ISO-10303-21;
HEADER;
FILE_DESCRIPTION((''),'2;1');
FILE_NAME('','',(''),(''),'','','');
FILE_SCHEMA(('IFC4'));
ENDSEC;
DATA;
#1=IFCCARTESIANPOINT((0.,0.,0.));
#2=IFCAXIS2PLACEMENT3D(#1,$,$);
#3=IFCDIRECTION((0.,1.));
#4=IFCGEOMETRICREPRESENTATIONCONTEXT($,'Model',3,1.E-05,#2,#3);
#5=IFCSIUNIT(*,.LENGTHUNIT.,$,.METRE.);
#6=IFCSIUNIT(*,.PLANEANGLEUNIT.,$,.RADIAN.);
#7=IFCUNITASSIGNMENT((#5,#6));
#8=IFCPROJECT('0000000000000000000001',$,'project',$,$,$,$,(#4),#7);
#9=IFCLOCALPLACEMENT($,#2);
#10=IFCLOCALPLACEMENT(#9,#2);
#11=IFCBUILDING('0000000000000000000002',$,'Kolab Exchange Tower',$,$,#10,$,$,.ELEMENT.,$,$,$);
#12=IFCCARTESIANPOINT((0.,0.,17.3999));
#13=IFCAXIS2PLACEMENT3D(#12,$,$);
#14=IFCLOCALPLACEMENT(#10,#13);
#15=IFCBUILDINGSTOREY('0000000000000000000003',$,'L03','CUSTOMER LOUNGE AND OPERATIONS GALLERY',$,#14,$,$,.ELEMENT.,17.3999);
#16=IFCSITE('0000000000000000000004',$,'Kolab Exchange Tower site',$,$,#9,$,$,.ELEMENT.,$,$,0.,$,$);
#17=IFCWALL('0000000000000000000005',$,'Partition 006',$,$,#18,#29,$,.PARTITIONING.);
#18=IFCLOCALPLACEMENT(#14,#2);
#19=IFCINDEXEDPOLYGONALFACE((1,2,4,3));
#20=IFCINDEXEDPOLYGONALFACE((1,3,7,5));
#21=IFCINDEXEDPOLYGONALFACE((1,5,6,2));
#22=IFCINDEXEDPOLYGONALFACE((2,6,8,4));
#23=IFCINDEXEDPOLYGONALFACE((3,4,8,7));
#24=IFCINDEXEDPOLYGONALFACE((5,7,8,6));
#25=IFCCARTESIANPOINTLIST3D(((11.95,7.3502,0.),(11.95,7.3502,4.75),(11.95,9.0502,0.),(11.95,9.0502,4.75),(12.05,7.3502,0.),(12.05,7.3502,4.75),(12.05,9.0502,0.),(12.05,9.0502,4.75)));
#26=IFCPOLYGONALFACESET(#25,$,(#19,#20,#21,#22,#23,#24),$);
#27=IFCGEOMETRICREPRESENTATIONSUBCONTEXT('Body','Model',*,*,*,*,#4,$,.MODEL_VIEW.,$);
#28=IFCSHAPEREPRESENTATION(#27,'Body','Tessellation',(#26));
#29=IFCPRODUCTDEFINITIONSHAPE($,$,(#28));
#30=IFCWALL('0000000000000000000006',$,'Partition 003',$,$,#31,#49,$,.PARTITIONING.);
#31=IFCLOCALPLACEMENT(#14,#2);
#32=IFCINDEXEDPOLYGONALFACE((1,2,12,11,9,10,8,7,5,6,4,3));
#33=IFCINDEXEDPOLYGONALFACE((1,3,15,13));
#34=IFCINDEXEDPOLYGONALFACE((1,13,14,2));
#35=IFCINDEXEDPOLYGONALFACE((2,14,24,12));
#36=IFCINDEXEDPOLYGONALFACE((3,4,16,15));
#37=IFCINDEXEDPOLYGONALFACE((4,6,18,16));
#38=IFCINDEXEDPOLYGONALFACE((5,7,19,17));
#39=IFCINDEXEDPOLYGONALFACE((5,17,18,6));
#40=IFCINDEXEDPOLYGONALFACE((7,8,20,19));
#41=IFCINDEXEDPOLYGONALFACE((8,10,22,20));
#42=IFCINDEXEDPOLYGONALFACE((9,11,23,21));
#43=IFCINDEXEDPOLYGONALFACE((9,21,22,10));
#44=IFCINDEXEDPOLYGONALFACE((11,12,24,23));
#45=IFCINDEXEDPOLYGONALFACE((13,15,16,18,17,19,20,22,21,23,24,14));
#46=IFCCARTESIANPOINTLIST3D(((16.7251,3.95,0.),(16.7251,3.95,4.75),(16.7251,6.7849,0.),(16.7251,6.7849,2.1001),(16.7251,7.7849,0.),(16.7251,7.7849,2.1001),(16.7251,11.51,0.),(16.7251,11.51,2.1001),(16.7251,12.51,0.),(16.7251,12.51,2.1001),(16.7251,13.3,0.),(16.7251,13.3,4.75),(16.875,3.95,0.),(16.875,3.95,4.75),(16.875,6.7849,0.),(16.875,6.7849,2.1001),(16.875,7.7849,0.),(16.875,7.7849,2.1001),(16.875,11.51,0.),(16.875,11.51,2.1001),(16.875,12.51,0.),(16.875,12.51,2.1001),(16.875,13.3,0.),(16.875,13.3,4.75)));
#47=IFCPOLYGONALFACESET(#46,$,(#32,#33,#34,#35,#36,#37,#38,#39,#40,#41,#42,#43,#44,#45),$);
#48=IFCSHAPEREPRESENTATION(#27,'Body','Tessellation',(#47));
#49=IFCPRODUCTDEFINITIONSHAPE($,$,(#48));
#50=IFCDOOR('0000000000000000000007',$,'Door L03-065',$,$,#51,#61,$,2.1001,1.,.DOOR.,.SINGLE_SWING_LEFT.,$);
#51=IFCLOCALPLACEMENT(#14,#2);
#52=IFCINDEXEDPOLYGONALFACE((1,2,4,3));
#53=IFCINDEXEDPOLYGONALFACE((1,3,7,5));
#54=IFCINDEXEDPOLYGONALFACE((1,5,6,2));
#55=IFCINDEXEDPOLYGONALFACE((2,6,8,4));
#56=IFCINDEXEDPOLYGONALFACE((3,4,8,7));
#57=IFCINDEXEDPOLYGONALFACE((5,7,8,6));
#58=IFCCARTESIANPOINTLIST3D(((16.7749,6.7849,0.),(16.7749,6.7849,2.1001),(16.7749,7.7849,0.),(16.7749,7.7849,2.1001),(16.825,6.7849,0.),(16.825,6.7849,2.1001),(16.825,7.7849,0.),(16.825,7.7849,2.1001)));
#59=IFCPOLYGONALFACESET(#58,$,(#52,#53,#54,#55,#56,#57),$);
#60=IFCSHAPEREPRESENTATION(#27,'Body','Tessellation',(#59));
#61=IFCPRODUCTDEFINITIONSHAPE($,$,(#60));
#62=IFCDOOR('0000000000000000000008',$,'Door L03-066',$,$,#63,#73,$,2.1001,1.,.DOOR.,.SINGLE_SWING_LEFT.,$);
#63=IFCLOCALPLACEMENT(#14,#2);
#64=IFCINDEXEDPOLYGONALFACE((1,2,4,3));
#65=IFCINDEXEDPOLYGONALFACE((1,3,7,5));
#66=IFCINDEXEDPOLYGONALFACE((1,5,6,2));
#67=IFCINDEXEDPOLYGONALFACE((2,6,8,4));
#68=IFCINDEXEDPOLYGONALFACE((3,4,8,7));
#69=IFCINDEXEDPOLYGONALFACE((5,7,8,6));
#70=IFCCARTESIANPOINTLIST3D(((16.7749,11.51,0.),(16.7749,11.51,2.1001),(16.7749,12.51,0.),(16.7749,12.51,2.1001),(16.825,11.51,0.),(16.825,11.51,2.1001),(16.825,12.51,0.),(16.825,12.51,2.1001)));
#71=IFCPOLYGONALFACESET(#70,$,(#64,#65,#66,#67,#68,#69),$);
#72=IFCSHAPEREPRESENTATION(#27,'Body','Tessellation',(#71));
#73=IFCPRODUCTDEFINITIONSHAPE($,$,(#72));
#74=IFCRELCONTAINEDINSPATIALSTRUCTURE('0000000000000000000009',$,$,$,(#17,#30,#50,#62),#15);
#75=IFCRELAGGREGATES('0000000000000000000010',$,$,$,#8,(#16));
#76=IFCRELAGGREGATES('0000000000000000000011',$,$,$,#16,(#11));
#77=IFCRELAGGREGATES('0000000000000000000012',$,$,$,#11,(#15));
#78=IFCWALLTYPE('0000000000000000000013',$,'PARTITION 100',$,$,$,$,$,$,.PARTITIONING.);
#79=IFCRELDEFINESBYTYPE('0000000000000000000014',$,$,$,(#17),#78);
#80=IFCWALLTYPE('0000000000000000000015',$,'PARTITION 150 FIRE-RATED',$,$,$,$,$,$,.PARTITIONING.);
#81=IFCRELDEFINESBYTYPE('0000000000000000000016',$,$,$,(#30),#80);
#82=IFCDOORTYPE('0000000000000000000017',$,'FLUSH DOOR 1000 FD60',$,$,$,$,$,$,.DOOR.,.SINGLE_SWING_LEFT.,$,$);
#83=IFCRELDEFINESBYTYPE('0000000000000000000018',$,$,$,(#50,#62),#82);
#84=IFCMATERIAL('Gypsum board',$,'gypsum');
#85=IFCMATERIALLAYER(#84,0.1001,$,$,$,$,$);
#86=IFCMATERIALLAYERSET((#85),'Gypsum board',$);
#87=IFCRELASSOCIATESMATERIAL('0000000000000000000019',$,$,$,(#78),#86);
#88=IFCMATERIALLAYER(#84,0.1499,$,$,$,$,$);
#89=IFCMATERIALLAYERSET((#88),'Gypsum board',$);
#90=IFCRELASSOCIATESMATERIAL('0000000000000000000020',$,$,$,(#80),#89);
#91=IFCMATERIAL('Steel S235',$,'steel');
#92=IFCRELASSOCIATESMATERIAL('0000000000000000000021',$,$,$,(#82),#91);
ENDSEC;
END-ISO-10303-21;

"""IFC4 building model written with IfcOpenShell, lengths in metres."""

from ifc_helpers import new_model, si_unit, direction, frame, frame_2d, origin, place, context, subcontext, project, spatial, rectangle, extrude, material, layer, layer_set, type_object, element, fill, save


model = new_model("IFC4")

# Units and contexts
model_context = context("Model", 3, precision=1e-05, world=origin(), true_north=direction((0.0, 1.0)))
body_context = subcontext(model_context, "Body", "Model", "MODEL_VIEW")
ifc_project = project(units=[si_unit("LENGTHUNIT", "METRE"), si_unit("PLANEANGLEUNIT", "RADIAN")], contexts=[model_context])

# Site, building, storey
site_placement = place(None, origin())
site = spatial("IfcSite", under=ifc_project, at=site_placement, Name="Kolab Exchange Tower site", CompositionType="ELEMENT", RefElevation=0.0)
building_placement = place(site_placement, origin())
building = spatial("IfcBuilding", under=site, at=building_placement, Name="Kolab Exchange Tower", CompositionType="ELEMENT")
storey_placement = place(building_placement, frame((0.0, 0.0, 17.3999)))
storey = spatial("IfcBuildingStorey", under=building, at=storey_placement, Name="L03", Description="CUSTOMER LOUNGE AND OPERATIONS GALLERY", CompositionType="ELEMENT", Elevation=17.3999)

# Shared definitions
ifc_material_1 = material(Name="Steel S235", Category="steel")

# Wall
ifc_material_2 = material(Name="Gypsum board", Category="gypsum")
ifc_layer_1 = layer(ifc_material_2, 0.1001)
ifc_layer_set_1 = layer_set([ifc_layer_1], Name="Gypsum board")
wall_type_1 = type_object("IfcWallType", Name="PARTITION 100", PredefinedType="PARTITIONING", material=ifc_layer_set_1)
wall_1_placement = place(storey_placement, frame((12.0, 7.3501, 0.0), z_axis=(0.0, 0.0, 1.0), x_axis=(0.0, 1.0, 0.0)))
element("IfcWall", 1, at=wall_1_placement, inside=storey, type_object=wall_type_1, Name="Partition 006", PredefinedType="PARTITIONING", context=body_context, shape_type="SweptSolid", body=[
    extrude(rectangle(XDim=1.7, YDim=0.1001, at=frame_2d((0.8501, 0.0))), origin(), (0.0, 0.0, 1.0), 4.75),
])

# Wall, openings, doors
ifc_layer_2 = layer(ifc_material_2, 0.1499)
ifc_layer_set_2 = layer_set([ifc_layer_2], Name="Gypsum board")
wall_type_2 = type_object("IfcWallType", Name="PARTITION 150 FIRE-RATED", PredefinedType="PARTITIONING", material=ifc_layer_set_2)
wall_2_placement = place(storey_placement, frame((16.8, 3.95, 0.0), z_axis=(0.0, 0.0, 1.0), x_axis=(0.0, 1.0, 0.0)))
wall_2 = element("IfcWall", 2, at=wall_2_placement, inside=storey, type_object=wall_type_2, Name="Partition 003", PredefinedType="PARTITIONING", context=body_context, shape_type="SweptSolid", body=[
    extrude(rectangle(XDim=9.3501, YDim=0.1499, at=frame_2d((4.675, 0.0))), origin(), (0.0, 0.0, 1.0), 4.75),
])
opening_1_placement = place(wall_2_placement, frame((2.835, 0.0, 0.0)))
opening_1 = element("IfcOpeningElement", 3, at=opening_1_placement, cuts=wall_2, PredefinedType="OPENING", context=body_context, shape_type="SweptSolid", body=[
    extrude(rectangle(XDim=1.0, YDim=2.1001, at=frame_2d((0.5, 1.05))), frame((0.0, 0.085, 0.0), z_axis=(0.0, -1.0, 0.0), x_axis=(1.0, 0.0, 0.0)), (0.0, 0.0, 1.0), 0.1699),
])
opening_2_placement = place(wall_2_placement, frame((7.5601, 0.0, 0.0)))
opening_2 = element("IfcOpeningElement", 4, at=opening_2_placement, cuts=wall_2, PredefinedType="OPENING", context=body_context, shape_type="SweptSolid", body=[
    extrude(rectangle(XDim=1.0, YDim=2.1001, at=frame_2d((0.5, 1.05))), frame((0.0, 0.085, 0.0), z_axis=(0.0, -1.0, 0.0), x_axis=(1.0, 0.0, 0.0)), (0.0, 0.0, 1.0), 0.1699),
])
door_type_1 = type_object("IfcDoorType", Name="FLUSH DOOR 1000 FD60", OperationType="SINGLE_SWING_LEFT", PredefinedType="DOOR", material=ifc_material_1)
door_1_placement = place(opening_1_placement, frame((1.0, 0.0, 0.0), z_axis=(0.0, 0.0, 1.0), x_axis=(-1.0, 0.0, 0.0)))
door_1 = element("IfcDoor", 5, at=door_1_placement, inside=storey, type_object=door_type_1, Name="Door L03-065", OperationType="SINGLE_SWING_LEFT", OverallHeight=2.1001, OverallWidth=1.0, PredefinedType="DOOR", context=body_context, shape_type="SweptSolid", body=[
    extrude(rectangle(XDim=1.0, YDim=2.1001, at=frame_2d((0.5, 1.05))), frame((0.0, 0.0249, 0.0), z_axis=(0.0, -1.0, 0.0), x_axis=(1.0, 0.0, 0.0)), (0.0, 0.0, 1.0), 0.05),
])
fill(opening_1, door_1)
door_2_placement = place(opening_2_placement, frame((1.0, 0.0, 0.0), z_axis=(0.0, 0.0, 1.0), x_axis=(-1.0, 0.0, 0.0)))
door_2 = element("IfcDoor", 6, at=door_2_placement, inside=storey, type_object=door_type_1, Name="Door L03-066", OperationType="SINGLE_SWING_LEFT", OverallHeight=2.1001, OverallWidth=1.0, PredefinedType="DOOR", context=body_context, shape_type="SweptSolid", body=[
    extrude(rectangle(XDim=1.0, YDim=2.1001, at=frame_2d((0.5, 1.05))), frame((0.0, 0.0249, 0.0), z_axis=(0.0, -1.0, 0.0), x_axis=(1.0, 0.0, 0.0)), (0.0, 0.0, 1.0), 0.05),
])
fill(opening_2, door_2)

save(model, "model.ifc")
